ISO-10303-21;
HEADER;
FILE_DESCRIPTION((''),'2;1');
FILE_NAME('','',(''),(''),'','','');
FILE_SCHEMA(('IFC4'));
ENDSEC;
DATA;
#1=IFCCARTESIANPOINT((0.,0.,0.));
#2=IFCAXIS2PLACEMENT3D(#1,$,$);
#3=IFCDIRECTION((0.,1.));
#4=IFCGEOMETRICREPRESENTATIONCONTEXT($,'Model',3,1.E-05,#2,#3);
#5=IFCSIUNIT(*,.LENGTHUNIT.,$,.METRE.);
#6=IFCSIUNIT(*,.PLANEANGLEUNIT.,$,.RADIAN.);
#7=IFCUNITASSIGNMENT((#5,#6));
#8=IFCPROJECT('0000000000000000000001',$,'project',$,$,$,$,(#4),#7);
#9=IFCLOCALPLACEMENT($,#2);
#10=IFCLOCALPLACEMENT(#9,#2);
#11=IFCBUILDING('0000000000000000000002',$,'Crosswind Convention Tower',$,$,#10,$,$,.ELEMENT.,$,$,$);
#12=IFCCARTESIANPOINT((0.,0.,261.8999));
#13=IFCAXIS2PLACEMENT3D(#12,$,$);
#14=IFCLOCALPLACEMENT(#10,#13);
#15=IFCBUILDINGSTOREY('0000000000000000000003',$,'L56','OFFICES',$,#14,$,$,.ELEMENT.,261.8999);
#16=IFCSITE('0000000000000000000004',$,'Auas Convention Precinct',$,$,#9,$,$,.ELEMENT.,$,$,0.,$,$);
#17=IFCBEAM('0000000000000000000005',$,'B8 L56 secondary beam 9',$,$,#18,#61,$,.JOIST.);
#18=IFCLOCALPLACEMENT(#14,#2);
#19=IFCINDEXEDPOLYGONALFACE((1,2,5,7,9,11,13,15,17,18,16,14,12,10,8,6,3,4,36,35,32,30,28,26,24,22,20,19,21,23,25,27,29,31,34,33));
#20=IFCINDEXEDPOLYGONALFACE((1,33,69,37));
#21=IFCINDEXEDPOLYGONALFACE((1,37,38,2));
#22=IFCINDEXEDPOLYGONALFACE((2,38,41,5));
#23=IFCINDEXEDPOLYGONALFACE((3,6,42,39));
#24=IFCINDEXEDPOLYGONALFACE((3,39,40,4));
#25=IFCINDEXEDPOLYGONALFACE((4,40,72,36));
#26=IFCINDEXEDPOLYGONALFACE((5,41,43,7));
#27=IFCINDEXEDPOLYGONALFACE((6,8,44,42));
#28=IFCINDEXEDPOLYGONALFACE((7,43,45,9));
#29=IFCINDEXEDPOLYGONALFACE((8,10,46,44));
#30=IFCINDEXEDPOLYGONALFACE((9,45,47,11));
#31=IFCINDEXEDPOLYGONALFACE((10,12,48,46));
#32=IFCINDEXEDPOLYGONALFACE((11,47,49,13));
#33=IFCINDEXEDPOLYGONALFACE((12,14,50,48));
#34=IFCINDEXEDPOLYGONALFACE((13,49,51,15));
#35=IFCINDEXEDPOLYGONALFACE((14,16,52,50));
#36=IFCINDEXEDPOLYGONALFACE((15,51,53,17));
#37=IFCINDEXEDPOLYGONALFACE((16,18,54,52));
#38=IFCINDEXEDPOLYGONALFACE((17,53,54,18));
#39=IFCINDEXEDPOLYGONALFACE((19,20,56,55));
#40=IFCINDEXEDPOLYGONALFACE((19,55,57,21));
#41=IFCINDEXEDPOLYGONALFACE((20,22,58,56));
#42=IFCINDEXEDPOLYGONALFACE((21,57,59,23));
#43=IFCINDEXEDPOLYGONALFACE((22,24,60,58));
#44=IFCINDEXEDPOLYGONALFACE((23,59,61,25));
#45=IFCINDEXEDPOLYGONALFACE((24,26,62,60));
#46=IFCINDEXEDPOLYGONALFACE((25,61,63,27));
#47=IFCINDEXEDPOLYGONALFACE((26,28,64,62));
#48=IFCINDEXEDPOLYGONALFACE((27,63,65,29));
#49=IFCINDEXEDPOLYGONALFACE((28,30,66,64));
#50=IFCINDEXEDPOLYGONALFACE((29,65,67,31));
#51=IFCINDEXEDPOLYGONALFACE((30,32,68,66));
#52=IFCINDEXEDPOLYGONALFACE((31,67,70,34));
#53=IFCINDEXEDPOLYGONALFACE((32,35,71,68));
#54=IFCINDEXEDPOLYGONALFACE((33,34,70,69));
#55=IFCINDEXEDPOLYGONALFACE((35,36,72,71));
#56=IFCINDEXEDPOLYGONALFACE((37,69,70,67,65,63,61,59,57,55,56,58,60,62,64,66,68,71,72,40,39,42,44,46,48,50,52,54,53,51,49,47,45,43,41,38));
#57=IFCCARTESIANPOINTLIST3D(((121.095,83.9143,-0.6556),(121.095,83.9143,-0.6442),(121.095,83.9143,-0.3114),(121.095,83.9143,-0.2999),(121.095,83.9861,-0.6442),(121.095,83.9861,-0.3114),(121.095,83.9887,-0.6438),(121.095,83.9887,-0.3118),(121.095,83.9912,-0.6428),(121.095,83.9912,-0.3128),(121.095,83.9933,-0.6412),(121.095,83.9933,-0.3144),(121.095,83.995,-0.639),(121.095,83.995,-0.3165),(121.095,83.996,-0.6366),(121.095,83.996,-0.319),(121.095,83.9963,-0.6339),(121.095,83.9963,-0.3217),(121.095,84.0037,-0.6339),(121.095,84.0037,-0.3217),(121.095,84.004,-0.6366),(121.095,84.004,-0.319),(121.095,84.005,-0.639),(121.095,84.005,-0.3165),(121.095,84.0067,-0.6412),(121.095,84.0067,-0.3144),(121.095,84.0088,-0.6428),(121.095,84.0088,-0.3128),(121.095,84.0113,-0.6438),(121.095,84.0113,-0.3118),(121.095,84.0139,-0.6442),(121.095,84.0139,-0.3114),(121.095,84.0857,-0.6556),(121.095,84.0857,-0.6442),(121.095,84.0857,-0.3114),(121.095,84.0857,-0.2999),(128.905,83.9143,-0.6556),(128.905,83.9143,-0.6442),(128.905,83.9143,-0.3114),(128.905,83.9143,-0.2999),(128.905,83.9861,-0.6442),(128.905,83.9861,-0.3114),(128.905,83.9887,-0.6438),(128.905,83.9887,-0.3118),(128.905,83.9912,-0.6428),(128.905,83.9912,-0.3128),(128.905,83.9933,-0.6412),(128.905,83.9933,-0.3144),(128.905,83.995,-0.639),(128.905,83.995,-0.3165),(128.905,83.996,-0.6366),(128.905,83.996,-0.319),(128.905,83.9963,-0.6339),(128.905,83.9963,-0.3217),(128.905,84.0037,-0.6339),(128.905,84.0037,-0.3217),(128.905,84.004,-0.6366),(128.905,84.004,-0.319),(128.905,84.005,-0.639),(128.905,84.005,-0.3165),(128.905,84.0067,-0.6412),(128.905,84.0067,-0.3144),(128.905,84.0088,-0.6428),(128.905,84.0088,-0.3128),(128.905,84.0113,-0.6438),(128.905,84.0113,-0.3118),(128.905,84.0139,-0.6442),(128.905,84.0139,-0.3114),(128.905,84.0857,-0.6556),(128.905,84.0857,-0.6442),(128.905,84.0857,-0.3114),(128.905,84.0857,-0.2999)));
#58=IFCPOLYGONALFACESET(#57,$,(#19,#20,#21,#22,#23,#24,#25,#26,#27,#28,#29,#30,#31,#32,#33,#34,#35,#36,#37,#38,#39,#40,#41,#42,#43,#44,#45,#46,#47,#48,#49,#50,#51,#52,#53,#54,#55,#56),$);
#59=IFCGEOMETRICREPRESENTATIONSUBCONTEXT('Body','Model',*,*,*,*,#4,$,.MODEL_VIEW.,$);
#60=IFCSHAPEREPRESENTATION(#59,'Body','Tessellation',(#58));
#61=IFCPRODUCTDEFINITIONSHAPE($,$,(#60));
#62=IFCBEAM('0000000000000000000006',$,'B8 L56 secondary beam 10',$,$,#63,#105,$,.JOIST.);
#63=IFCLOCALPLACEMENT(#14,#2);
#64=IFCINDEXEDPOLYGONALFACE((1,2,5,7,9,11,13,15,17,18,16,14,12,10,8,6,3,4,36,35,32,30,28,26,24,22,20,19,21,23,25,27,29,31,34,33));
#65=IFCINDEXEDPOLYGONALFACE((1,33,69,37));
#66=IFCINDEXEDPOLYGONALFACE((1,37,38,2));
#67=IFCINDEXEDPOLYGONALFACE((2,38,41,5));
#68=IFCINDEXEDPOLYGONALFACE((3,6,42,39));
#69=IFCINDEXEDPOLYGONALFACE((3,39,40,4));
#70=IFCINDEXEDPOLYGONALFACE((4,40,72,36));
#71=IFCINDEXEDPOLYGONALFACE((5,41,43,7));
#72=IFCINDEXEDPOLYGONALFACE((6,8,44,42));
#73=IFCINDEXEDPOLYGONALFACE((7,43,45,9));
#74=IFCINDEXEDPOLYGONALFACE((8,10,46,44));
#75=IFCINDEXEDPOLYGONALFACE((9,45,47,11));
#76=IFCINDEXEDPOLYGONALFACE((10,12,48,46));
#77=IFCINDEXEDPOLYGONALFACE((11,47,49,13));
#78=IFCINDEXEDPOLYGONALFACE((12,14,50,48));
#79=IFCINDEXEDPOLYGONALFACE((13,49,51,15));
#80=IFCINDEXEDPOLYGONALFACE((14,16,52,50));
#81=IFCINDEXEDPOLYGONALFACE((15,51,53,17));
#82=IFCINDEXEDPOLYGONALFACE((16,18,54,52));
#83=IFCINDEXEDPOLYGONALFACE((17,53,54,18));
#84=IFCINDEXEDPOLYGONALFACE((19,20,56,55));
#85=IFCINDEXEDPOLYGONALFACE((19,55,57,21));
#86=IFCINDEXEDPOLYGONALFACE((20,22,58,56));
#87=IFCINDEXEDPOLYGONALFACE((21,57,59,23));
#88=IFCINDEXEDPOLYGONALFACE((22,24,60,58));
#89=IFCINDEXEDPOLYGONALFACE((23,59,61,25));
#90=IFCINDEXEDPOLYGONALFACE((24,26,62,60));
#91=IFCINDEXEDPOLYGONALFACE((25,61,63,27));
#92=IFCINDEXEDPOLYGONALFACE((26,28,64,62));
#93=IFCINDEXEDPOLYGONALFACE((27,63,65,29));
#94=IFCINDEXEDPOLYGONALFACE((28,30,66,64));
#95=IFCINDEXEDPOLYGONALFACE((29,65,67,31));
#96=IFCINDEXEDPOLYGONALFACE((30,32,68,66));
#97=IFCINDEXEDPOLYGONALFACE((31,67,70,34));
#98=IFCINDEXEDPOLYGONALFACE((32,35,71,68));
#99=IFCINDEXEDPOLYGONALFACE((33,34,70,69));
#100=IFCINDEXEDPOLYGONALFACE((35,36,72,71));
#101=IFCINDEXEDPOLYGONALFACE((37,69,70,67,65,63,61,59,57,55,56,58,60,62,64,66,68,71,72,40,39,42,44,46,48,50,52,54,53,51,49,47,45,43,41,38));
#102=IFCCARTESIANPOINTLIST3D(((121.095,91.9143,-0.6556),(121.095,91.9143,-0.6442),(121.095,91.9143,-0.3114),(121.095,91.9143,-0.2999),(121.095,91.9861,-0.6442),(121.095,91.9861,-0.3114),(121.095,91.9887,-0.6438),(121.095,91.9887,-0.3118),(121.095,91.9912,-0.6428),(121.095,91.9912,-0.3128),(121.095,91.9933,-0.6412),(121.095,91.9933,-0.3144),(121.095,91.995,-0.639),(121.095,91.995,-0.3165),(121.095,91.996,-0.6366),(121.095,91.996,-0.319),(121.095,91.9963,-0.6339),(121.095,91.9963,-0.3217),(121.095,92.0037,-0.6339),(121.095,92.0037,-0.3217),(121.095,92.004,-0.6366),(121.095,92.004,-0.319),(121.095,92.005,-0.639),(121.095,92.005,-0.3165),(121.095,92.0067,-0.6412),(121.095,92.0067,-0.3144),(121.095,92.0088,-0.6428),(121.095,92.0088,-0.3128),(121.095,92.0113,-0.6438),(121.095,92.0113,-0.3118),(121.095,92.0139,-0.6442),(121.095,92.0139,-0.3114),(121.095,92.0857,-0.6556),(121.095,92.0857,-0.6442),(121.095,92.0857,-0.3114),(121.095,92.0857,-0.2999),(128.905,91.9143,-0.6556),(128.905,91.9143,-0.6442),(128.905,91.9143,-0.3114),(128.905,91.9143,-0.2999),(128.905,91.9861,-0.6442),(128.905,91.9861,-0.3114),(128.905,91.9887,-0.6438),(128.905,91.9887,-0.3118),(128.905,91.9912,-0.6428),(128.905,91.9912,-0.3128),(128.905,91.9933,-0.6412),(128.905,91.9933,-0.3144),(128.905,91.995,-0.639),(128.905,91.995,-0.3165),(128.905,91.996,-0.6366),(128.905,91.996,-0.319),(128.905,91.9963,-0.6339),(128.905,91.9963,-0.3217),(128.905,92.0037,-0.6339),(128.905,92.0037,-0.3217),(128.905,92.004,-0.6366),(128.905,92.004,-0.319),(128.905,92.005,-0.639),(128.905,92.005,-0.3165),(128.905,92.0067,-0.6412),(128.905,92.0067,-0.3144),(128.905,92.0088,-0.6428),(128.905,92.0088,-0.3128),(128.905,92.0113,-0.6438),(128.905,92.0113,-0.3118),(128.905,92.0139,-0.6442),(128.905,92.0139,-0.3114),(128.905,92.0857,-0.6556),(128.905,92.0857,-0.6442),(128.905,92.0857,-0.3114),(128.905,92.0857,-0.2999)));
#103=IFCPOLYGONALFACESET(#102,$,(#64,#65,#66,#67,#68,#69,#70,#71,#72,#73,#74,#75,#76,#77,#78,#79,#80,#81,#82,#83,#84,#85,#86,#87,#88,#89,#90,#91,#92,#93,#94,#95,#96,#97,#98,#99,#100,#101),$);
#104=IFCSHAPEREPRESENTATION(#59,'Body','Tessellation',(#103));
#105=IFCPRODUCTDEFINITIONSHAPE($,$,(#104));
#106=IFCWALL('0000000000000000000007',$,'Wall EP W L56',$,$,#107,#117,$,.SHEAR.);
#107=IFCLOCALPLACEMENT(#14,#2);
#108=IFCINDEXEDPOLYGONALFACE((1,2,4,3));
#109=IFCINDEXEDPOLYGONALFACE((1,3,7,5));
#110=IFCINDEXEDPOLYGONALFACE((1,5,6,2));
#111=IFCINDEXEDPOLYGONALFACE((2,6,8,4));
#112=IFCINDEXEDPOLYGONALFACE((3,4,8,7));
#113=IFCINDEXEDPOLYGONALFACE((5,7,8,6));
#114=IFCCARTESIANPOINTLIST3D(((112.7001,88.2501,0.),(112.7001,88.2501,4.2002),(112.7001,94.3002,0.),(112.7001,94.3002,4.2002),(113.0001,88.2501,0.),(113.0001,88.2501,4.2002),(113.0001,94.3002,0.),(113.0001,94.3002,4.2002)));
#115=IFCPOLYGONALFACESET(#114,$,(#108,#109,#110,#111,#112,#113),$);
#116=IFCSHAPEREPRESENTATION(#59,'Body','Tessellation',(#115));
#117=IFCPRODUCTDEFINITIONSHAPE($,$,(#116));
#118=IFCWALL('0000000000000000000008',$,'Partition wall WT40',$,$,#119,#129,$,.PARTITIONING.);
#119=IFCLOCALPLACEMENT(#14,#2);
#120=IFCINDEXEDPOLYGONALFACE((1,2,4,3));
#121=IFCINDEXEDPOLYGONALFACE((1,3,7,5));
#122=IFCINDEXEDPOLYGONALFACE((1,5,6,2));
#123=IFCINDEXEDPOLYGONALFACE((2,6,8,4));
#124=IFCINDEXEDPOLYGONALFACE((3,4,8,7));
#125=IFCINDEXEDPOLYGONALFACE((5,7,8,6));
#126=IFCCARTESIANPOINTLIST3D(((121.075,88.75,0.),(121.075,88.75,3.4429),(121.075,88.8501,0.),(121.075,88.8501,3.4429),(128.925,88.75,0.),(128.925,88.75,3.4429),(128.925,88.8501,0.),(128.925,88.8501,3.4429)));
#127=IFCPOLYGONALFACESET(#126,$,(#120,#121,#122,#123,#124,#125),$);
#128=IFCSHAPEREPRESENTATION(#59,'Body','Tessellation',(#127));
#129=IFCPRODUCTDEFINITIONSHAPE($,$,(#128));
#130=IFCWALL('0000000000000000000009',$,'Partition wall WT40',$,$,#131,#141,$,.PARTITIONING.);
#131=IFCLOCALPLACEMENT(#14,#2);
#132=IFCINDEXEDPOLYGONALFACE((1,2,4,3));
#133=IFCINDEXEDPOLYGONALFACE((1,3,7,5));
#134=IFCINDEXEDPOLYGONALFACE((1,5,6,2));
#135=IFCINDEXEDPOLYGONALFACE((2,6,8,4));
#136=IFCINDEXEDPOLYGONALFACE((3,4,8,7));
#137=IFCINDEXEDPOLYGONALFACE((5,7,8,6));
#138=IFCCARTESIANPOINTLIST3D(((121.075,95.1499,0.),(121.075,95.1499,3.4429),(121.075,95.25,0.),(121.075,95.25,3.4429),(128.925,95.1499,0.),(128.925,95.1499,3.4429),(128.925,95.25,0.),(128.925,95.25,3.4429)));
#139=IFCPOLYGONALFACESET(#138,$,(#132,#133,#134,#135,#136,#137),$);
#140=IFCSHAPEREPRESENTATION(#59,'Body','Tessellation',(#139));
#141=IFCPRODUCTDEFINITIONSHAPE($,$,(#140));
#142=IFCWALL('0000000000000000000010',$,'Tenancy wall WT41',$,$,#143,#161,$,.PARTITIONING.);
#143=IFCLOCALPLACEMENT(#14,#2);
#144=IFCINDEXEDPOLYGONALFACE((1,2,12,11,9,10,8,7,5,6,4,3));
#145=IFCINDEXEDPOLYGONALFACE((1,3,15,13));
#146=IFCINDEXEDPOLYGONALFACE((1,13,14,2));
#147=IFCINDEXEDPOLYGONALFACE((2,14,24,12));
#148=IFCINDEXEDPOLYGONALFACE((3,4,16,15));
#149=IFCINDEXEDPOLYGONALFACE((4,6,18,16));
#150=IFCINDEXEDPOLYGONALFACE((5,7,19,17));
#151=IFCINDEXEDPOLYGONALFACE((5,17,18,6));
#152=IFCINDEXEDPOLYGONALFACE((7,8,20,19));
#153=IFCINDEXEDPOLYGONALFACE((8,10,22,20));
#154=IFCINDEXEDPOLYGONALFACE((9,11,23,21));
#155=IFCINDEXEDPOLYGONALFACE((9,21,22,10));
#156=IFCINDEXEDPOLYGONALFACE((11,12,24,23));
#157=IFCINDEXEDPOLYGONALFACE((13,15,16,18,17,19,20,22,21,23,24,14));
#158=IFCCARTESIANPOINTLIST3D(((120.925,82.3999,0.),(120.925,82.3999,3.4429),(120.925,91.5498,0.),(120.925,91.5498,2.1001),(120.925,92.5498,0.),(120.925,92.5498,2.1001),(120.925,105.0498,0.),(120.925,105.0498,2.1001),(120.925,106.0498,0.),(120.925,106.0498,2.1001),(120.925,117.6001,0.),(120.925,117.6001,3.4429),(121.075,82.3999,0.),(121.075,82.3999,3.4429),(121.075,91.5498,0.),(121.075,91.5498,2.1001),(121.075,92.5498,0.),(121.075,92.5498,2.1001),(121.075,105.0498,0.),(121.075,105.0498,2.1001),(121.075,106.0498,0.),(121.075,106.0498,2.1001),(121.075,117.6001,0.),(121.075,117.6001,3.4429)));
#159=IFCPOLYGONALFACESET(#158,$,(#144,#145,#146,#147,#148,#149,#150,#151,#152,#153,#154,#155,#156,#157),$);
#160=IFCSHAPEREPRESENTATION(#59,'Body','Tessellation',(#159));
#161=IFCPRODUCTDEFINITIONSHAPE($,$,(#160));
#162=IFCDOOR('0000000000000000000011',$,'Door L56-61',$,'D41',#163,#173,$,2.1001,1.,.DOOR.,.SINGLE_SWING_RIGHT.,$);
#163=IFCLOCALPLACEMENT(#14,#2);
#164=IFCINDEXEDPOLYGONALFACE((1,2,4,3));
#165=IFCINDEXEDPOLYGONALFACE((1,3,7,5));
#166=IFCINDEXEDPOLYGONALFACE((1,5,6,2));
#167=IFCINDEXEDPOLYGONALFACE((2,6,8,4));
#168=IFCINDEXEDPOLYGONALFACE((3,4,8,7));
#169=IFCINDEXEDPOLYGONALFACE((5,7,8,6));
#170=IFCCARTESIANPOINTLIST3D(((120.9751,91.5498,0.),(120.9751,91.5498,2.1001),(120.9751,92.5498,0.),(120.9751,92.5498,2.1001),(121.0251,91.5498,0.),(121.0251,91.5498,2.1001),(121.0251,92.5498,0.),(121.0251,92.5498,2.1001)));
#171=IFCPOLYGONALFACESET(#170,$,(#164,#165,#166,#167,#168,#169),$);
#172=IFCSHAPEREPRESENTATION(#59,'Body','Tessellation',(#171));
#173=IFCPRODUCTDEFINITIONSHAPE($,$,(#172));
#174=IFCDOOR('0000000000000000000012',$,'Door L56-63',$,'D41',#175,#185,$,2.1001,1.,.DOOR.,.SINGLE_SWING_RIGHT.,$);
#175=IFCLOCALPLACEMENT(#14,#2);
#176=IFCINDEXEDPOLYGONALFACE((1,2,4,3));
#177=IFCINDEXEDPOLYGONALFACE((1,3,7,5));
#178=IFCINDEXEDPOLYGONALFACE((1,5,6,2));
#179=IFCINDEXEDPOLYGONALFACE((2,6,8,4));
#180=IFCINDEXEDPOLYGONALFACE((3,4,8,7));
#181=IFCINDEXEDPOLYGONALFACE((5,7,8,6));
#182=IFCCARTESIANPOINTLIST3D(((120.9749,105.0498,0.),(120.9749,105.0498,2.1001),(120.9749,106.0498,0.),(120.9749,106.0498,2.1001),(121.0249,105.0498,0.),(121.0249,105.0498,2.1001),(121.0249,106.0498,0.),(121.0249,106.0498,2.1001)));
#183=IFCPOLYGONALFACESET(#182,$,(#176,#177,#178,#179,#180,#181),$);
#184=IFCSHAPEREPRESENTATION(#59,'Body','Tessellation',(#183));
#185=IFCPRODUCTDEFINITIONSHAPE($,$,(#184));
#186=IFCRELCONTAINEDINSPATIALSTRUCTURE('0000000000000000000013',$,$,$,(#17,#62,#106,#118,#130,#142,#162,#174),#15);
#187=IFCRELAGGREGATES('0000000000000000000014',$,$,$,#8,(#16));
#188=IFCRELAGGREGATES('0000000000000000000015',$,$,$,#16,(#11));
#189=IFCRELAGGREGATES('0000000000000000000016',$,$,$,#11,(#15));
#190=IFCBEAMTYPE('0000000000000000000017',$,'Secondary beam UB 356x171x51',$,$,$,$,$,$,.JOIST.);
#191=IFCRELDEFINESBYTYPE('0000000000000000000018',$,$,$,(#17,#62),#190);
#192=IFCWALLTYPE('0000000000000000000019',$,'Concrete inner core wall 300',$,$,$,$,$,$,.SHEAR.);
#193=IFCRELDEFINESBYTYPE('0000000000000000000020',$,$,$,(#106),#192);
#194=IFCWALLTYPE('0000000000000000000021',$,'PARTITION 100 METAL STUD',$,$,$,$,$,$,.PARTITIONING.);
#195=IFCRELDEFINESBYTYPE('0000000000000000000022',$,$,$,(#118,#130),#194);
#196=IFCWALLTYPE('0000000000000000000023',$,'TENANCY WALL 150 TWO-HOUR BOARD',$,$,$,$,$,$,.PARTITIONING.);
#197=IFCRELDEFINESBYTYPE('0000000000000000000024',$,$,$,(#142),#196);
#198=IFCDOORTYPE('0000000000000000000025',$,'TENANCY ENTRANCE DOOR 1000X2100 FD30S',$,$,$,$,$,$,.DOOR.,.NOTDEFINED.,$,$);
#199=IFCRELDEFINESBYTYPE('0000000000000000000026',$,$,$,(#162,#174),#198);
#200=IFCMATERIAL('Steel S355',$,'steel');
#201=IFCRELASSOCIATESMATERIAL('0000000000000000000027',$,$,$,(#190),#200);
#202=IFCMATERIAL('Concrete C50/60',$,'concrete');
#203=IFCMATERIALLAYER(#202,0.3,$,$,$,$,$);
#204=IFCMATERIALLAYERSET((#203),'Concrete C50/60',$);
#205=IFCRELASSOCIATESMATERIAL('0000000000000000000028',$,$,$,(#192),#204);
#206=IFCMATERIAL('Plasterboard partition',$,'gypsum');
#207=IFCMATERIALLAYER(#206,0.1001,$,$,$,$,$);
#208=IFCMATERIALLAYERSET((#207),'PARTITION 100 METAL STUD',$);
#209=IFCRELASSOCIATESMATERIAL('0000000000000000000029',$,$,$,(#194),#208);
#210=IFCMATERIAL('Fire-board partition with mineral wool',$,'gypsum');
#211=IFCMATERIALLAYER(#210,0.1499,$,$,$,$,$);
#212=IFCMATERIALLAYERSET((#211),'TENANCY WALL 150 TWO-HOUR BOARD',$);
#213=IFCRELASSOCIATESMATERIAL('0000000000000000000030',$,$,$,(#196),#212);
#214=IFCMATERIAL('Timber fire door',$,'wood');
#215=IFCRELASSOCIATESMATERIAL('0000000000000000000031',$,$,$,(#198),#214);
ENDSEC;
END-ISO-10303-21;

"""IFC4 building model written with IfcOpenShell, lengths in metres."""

from ifc_helpers import new_model, si_unit, direction, frame, frame_2d, origin, origin_2d, place, context, subcontext, project, spatial, rectangle, i_section, extrude, material, layer, layer_set, material_profile, profile_set, type_object, element, fill, save


model = new_model("IFC4")

# Units and contexts
model_context = context("Model", 3, precision=1e-05, world=origin(), true_north=direction((0.0, 1.0)))
body_context = subcontext(model_context, "Body", "Model", "MODEL_VIEW")
ifc_project = project(units=[si_unit("LENGTHUNIT", "METRE"), si_unit("PLANEANGLEUNIT", "RADIAN")], contexts=[model_context])

# Site, building, storey
site_placement = place(None, origin())
site = spatial("IfcSite", under=ifc_project, at=site_placement, Name="Auas Convention Precinct", CompositionType="ELEMENT", RefElevation=0.0)
building_placement = place(site_placement, origin())
building = spatial("IfcBuilding", under=site, at=building_placement, Name="Crosswind Convention Tower", CompositionType="ELEMENT")
storey_placement = place(building_placement, frame((0.0, 0.0, 261.8999)))
storey = spatial("IfcBuildingStorey", under=building, at=storey_placement, Name="L56", Description="OFFICES", CompositionType="ELEMENT", Elevation=261.8999)

# Beams
ifc_material_1 = material(Name="Steel S355", Category="steel")
ifc_material_profile_1 = material_profile(ifc_material_1, i_section(OverallWidth=0.1714, OverallDepth=0.3557, WebThickness=0.0073, FlangeThickness=0.0115, FilletRadius=0.0103, at=origin_2d()), Name="UB 356x171x51")
ifc_profile_set_1 = profile_set([ifc_material_profile_1], Name="Steel S355")
beam_type_1 = type_object("IfcBeamType", Name="Secondary beam UB 356x171x51", PredefinedType="JOIST", material=ifc_profile_set_1)
for number, where, z_axis, x_axis, name in (
    (1, (121.095, 84.0, -0.4778), (1.0, 0.0, 0.0), (0.0, 1.0, 0.0), "B8 L56 secondary beam 9"),
    (2, (121.095, 92.0, -0.4778), (1.0, 0.0, 0.0), (0.0, 1.0, 0.0), "B8 L56 secondary beam 10"),
):
    element("IfcBeam", number, at=place(storey_placement, frame(where, z_axis=z_axis, x_axis=x_axis)), inside=storey, type_object=beam_type_1, Name=name, PredefinedType="JOIST", context=body_context, shape_type="SweptSolid", body=[
        extrude(i_section(OverallWidth=0.1714, OverallDepth=0.3557, WebThickness=0.0073, FlangeThickness=0.0115, FilletRadius=0.0103, at=origin_2d()), origin(), (0.0, 0.0, 1.0), 7.8101),
    ])

# Walls
ifc_material_2 = material(Name="Concrete C50/60", Category="concrete")
ifc_layer_1 = layer(ifc_material_2, 0.3)
ifc_layer_set_1 = layer_set([ifc_layer_1], Name="Concrete C50/60")
wall_type_1 = type_object("IfcWallType", Name="Concrete inner core wall 300", PredefinedType="SHEAR", material=ifc_layer_set_1)
wall_1_placement = place(storey_placement, frame((112.8501, 94.3, 0.0), z_axis=(0.0, 0.0, 1.0), x_axis=(0.0, -1.0, 0.0)))
element("IfcWall", 3, at=wall_1_placement, inside=storey, type_object=wall_type_1, Name="Wall EP W L56", PredefinedType="SHEAR", context=body_context, shape_type="SweptSolid", body=[
    extrude(rectangle(XDim=6.05, YDim=0.3, at=frame_2d((3.0249, 0.0))), origin(), (0.0, 0.0, 1.0), 4.2002),
])
ifc_material_3 = material(Name="Plasterboard partition", Category="gypsum")
ifc_layer_2 = layer(ifc_material_3, 0.1001)
ifc_layer_set_2 = layer_set([ifc_layer_2], Name="PARTITION 100 METAL STUD")
wall_type_2 = type_object("IfcWallType", Name="PARTITION 100 METAL STUD", PredefinedType="PARTITIONING", material=ifc_layer_set_2)
for number, where, z_axis, x_axis, name in (
    (4, (121.075, 88.8, 0.0), (0.0, 0.0, 1.0), (1.0, 0.0, 0.0), "Partition wall WT40"),
    (5, (121.075, 95.2, 0.0), (0.0, 0.0, 1.0), (1.0, 0.0, 0.0), "Partition wall WT40"),
):
    element("IfcWall", number, at=place(storey_placement, frame(where, z_axis=z_axis, x_axis=x_axis)), inside=storey, type_object=wall_type_2, Name=name, PredefinedType="PARTITIONING", context=body_context, shape_type="SweptSolid", body=[
        extrude(rectangle(XDim=7.8501, YDim=0.1001, at=frame_2d((3.925, 0.0))), origin(), (0.0, 0.0, 1.0), 3.4429),
    ])

# Wall, openings, doors
ifc_material_4 = material(Name="Fire-board partition with mineral wool", Category="gypsum")
ifc_layer_3 = layer(ifc_material_4, 0.1499)
ifc_layer_set_3 = layer_set([ifc_layer_3], Name="TENANCY WALL 150 TWO-HOUR BOARD")
wall_type_3 = type_object("IfcWallType", Name="TENANCY WALL 150 TWO-HOUR BOARD", PredefinedType="PARTITIONING", material=ifc_layer_set_3)
wall_2_placement = place(storey_placement, frame((121.0, 82.3999, 0.0), z_axis=(0.0, 0.0, 1.0), x_axis=(0.0, 1.0, 0.0)))
wall_2 = element("IfcWall", 6, at=wall_2_placement, inside=storey, type_object=wall_type_3, Name="Tenancy wall WT41", PredefinedType="PARTITIONING", context=body_context, shape_type="SweptSolid", body=[
    extrude(rectangle(XDim=35.2002, YDim=0.1499, at=frame_2d((17.6001, 0.0))), origin(), (0.0, 0.0, 1.0), 3.4429),
])
opening_1_placement = place(wall_2_placement, frame((9.1499, 0.0, 0.0)))
opening_1 = element("IfcOpeningElement", 7, at=opening_1_placement, cuts=wall_2, PredefinedType="OPENING", context=body_context, shape_type="SweptSolid", body=[
    extrude(rectangle(XDim=1.0, YDim=2.1001, at=frame_2d((0.5, 1.05))), frame((0.0, 0.085, 0.0), z_axis=(0.0, -1.0, 0.0), x_axis=(1.0, 0.0, 0.0)), (0.0, 0.0, 1.0), 0.1699),
])
opening_2_placement = place(wall_2_placement, frame((22.6499, 0.0, 0.0)))
opening_2 = element("IfcOpeningElement", 8, at=opening_2_placement, cuts=wall_2, PredefinedType="OPENING", context=body_context, shape_type="SweptSolid", body=[
    extrude(rectangle(XDim=1.0, YDim=2.1001, at=frame_2d((0.5, 1.05))), frame((0.0, 0.085, 0.0), z_axis=(0.0, -1.0, 0.0), x_axis=(1.0, 0.0, 0.0)), (0.0, 0.0, 1.0), 0.1699),
])
ifc_material_5 = material(Name="Timber fire door", Category="wood")
door_type = type_object("IfcDoorType", Name="TENANCY ENTRANCE DOOR 1000X2100 FD30S", OperationType="NOTDEFINED", PredefinedType="DOOR", material=ifc_material_5)
door_1_placement = place(opening_1_placement, origin())
door_1 = element("IfcDoor", 9, at=door_1_placement, inside=storey, type_object=door_type, Name="Door L56-61", ObjectType="D41", OperationType="SINGLE_SWING_RIGHT", OverallHeight=2.1001, OverallWidth=1.0, PredefinedType="DOOR", context=body_context, shape_type="SweptSolid", body=[
    extrude(rectangle(XDim=1.0, YDim=2.1001, at=frame_2d((0.5, 1.05))), frame((0.0, 0.0249, 0.0), z_axis=(0.0, -1.0, 0.0), x_axis=(1.0, 0.0, 0.0)), (0.0, 0.0, 1.0), 0.05),
])
fill(opening_1, door_1)
door_2_placement = place(opening_2_placement, frame((1.0, 0.0, 0.0), z_axis=(0.0, 0.0, 1.0), x_axis=(-1.0, 0.0, 0.0)))
door_2 = element("IfcDoor", 10, at=door_2_placement, inside=storey, type_object=door_type, Name="Door L56-63", ObjectType="D41", OperationType="SINGLE_SWING_RIGHT", OverallHeight=2.1001, OverallWidth=1.0, PredefinedType="DOOR", context=body_context, shape_type="SweptSolid", body=[
    extrude(rectangle(XDim=1.0, YDim=2.1001, at=frame_2d((0.5, 1.05))), frame((0.0, 0.0249, 0.0), z_axis=(0.0, -1.0, 0.0), x_axis=(1.0, 0.0, 0.0)), (0.0, 0.0, 1.0), 0.05),
])
fill(opening_2, door_2)

save(model, "model.ifc")
